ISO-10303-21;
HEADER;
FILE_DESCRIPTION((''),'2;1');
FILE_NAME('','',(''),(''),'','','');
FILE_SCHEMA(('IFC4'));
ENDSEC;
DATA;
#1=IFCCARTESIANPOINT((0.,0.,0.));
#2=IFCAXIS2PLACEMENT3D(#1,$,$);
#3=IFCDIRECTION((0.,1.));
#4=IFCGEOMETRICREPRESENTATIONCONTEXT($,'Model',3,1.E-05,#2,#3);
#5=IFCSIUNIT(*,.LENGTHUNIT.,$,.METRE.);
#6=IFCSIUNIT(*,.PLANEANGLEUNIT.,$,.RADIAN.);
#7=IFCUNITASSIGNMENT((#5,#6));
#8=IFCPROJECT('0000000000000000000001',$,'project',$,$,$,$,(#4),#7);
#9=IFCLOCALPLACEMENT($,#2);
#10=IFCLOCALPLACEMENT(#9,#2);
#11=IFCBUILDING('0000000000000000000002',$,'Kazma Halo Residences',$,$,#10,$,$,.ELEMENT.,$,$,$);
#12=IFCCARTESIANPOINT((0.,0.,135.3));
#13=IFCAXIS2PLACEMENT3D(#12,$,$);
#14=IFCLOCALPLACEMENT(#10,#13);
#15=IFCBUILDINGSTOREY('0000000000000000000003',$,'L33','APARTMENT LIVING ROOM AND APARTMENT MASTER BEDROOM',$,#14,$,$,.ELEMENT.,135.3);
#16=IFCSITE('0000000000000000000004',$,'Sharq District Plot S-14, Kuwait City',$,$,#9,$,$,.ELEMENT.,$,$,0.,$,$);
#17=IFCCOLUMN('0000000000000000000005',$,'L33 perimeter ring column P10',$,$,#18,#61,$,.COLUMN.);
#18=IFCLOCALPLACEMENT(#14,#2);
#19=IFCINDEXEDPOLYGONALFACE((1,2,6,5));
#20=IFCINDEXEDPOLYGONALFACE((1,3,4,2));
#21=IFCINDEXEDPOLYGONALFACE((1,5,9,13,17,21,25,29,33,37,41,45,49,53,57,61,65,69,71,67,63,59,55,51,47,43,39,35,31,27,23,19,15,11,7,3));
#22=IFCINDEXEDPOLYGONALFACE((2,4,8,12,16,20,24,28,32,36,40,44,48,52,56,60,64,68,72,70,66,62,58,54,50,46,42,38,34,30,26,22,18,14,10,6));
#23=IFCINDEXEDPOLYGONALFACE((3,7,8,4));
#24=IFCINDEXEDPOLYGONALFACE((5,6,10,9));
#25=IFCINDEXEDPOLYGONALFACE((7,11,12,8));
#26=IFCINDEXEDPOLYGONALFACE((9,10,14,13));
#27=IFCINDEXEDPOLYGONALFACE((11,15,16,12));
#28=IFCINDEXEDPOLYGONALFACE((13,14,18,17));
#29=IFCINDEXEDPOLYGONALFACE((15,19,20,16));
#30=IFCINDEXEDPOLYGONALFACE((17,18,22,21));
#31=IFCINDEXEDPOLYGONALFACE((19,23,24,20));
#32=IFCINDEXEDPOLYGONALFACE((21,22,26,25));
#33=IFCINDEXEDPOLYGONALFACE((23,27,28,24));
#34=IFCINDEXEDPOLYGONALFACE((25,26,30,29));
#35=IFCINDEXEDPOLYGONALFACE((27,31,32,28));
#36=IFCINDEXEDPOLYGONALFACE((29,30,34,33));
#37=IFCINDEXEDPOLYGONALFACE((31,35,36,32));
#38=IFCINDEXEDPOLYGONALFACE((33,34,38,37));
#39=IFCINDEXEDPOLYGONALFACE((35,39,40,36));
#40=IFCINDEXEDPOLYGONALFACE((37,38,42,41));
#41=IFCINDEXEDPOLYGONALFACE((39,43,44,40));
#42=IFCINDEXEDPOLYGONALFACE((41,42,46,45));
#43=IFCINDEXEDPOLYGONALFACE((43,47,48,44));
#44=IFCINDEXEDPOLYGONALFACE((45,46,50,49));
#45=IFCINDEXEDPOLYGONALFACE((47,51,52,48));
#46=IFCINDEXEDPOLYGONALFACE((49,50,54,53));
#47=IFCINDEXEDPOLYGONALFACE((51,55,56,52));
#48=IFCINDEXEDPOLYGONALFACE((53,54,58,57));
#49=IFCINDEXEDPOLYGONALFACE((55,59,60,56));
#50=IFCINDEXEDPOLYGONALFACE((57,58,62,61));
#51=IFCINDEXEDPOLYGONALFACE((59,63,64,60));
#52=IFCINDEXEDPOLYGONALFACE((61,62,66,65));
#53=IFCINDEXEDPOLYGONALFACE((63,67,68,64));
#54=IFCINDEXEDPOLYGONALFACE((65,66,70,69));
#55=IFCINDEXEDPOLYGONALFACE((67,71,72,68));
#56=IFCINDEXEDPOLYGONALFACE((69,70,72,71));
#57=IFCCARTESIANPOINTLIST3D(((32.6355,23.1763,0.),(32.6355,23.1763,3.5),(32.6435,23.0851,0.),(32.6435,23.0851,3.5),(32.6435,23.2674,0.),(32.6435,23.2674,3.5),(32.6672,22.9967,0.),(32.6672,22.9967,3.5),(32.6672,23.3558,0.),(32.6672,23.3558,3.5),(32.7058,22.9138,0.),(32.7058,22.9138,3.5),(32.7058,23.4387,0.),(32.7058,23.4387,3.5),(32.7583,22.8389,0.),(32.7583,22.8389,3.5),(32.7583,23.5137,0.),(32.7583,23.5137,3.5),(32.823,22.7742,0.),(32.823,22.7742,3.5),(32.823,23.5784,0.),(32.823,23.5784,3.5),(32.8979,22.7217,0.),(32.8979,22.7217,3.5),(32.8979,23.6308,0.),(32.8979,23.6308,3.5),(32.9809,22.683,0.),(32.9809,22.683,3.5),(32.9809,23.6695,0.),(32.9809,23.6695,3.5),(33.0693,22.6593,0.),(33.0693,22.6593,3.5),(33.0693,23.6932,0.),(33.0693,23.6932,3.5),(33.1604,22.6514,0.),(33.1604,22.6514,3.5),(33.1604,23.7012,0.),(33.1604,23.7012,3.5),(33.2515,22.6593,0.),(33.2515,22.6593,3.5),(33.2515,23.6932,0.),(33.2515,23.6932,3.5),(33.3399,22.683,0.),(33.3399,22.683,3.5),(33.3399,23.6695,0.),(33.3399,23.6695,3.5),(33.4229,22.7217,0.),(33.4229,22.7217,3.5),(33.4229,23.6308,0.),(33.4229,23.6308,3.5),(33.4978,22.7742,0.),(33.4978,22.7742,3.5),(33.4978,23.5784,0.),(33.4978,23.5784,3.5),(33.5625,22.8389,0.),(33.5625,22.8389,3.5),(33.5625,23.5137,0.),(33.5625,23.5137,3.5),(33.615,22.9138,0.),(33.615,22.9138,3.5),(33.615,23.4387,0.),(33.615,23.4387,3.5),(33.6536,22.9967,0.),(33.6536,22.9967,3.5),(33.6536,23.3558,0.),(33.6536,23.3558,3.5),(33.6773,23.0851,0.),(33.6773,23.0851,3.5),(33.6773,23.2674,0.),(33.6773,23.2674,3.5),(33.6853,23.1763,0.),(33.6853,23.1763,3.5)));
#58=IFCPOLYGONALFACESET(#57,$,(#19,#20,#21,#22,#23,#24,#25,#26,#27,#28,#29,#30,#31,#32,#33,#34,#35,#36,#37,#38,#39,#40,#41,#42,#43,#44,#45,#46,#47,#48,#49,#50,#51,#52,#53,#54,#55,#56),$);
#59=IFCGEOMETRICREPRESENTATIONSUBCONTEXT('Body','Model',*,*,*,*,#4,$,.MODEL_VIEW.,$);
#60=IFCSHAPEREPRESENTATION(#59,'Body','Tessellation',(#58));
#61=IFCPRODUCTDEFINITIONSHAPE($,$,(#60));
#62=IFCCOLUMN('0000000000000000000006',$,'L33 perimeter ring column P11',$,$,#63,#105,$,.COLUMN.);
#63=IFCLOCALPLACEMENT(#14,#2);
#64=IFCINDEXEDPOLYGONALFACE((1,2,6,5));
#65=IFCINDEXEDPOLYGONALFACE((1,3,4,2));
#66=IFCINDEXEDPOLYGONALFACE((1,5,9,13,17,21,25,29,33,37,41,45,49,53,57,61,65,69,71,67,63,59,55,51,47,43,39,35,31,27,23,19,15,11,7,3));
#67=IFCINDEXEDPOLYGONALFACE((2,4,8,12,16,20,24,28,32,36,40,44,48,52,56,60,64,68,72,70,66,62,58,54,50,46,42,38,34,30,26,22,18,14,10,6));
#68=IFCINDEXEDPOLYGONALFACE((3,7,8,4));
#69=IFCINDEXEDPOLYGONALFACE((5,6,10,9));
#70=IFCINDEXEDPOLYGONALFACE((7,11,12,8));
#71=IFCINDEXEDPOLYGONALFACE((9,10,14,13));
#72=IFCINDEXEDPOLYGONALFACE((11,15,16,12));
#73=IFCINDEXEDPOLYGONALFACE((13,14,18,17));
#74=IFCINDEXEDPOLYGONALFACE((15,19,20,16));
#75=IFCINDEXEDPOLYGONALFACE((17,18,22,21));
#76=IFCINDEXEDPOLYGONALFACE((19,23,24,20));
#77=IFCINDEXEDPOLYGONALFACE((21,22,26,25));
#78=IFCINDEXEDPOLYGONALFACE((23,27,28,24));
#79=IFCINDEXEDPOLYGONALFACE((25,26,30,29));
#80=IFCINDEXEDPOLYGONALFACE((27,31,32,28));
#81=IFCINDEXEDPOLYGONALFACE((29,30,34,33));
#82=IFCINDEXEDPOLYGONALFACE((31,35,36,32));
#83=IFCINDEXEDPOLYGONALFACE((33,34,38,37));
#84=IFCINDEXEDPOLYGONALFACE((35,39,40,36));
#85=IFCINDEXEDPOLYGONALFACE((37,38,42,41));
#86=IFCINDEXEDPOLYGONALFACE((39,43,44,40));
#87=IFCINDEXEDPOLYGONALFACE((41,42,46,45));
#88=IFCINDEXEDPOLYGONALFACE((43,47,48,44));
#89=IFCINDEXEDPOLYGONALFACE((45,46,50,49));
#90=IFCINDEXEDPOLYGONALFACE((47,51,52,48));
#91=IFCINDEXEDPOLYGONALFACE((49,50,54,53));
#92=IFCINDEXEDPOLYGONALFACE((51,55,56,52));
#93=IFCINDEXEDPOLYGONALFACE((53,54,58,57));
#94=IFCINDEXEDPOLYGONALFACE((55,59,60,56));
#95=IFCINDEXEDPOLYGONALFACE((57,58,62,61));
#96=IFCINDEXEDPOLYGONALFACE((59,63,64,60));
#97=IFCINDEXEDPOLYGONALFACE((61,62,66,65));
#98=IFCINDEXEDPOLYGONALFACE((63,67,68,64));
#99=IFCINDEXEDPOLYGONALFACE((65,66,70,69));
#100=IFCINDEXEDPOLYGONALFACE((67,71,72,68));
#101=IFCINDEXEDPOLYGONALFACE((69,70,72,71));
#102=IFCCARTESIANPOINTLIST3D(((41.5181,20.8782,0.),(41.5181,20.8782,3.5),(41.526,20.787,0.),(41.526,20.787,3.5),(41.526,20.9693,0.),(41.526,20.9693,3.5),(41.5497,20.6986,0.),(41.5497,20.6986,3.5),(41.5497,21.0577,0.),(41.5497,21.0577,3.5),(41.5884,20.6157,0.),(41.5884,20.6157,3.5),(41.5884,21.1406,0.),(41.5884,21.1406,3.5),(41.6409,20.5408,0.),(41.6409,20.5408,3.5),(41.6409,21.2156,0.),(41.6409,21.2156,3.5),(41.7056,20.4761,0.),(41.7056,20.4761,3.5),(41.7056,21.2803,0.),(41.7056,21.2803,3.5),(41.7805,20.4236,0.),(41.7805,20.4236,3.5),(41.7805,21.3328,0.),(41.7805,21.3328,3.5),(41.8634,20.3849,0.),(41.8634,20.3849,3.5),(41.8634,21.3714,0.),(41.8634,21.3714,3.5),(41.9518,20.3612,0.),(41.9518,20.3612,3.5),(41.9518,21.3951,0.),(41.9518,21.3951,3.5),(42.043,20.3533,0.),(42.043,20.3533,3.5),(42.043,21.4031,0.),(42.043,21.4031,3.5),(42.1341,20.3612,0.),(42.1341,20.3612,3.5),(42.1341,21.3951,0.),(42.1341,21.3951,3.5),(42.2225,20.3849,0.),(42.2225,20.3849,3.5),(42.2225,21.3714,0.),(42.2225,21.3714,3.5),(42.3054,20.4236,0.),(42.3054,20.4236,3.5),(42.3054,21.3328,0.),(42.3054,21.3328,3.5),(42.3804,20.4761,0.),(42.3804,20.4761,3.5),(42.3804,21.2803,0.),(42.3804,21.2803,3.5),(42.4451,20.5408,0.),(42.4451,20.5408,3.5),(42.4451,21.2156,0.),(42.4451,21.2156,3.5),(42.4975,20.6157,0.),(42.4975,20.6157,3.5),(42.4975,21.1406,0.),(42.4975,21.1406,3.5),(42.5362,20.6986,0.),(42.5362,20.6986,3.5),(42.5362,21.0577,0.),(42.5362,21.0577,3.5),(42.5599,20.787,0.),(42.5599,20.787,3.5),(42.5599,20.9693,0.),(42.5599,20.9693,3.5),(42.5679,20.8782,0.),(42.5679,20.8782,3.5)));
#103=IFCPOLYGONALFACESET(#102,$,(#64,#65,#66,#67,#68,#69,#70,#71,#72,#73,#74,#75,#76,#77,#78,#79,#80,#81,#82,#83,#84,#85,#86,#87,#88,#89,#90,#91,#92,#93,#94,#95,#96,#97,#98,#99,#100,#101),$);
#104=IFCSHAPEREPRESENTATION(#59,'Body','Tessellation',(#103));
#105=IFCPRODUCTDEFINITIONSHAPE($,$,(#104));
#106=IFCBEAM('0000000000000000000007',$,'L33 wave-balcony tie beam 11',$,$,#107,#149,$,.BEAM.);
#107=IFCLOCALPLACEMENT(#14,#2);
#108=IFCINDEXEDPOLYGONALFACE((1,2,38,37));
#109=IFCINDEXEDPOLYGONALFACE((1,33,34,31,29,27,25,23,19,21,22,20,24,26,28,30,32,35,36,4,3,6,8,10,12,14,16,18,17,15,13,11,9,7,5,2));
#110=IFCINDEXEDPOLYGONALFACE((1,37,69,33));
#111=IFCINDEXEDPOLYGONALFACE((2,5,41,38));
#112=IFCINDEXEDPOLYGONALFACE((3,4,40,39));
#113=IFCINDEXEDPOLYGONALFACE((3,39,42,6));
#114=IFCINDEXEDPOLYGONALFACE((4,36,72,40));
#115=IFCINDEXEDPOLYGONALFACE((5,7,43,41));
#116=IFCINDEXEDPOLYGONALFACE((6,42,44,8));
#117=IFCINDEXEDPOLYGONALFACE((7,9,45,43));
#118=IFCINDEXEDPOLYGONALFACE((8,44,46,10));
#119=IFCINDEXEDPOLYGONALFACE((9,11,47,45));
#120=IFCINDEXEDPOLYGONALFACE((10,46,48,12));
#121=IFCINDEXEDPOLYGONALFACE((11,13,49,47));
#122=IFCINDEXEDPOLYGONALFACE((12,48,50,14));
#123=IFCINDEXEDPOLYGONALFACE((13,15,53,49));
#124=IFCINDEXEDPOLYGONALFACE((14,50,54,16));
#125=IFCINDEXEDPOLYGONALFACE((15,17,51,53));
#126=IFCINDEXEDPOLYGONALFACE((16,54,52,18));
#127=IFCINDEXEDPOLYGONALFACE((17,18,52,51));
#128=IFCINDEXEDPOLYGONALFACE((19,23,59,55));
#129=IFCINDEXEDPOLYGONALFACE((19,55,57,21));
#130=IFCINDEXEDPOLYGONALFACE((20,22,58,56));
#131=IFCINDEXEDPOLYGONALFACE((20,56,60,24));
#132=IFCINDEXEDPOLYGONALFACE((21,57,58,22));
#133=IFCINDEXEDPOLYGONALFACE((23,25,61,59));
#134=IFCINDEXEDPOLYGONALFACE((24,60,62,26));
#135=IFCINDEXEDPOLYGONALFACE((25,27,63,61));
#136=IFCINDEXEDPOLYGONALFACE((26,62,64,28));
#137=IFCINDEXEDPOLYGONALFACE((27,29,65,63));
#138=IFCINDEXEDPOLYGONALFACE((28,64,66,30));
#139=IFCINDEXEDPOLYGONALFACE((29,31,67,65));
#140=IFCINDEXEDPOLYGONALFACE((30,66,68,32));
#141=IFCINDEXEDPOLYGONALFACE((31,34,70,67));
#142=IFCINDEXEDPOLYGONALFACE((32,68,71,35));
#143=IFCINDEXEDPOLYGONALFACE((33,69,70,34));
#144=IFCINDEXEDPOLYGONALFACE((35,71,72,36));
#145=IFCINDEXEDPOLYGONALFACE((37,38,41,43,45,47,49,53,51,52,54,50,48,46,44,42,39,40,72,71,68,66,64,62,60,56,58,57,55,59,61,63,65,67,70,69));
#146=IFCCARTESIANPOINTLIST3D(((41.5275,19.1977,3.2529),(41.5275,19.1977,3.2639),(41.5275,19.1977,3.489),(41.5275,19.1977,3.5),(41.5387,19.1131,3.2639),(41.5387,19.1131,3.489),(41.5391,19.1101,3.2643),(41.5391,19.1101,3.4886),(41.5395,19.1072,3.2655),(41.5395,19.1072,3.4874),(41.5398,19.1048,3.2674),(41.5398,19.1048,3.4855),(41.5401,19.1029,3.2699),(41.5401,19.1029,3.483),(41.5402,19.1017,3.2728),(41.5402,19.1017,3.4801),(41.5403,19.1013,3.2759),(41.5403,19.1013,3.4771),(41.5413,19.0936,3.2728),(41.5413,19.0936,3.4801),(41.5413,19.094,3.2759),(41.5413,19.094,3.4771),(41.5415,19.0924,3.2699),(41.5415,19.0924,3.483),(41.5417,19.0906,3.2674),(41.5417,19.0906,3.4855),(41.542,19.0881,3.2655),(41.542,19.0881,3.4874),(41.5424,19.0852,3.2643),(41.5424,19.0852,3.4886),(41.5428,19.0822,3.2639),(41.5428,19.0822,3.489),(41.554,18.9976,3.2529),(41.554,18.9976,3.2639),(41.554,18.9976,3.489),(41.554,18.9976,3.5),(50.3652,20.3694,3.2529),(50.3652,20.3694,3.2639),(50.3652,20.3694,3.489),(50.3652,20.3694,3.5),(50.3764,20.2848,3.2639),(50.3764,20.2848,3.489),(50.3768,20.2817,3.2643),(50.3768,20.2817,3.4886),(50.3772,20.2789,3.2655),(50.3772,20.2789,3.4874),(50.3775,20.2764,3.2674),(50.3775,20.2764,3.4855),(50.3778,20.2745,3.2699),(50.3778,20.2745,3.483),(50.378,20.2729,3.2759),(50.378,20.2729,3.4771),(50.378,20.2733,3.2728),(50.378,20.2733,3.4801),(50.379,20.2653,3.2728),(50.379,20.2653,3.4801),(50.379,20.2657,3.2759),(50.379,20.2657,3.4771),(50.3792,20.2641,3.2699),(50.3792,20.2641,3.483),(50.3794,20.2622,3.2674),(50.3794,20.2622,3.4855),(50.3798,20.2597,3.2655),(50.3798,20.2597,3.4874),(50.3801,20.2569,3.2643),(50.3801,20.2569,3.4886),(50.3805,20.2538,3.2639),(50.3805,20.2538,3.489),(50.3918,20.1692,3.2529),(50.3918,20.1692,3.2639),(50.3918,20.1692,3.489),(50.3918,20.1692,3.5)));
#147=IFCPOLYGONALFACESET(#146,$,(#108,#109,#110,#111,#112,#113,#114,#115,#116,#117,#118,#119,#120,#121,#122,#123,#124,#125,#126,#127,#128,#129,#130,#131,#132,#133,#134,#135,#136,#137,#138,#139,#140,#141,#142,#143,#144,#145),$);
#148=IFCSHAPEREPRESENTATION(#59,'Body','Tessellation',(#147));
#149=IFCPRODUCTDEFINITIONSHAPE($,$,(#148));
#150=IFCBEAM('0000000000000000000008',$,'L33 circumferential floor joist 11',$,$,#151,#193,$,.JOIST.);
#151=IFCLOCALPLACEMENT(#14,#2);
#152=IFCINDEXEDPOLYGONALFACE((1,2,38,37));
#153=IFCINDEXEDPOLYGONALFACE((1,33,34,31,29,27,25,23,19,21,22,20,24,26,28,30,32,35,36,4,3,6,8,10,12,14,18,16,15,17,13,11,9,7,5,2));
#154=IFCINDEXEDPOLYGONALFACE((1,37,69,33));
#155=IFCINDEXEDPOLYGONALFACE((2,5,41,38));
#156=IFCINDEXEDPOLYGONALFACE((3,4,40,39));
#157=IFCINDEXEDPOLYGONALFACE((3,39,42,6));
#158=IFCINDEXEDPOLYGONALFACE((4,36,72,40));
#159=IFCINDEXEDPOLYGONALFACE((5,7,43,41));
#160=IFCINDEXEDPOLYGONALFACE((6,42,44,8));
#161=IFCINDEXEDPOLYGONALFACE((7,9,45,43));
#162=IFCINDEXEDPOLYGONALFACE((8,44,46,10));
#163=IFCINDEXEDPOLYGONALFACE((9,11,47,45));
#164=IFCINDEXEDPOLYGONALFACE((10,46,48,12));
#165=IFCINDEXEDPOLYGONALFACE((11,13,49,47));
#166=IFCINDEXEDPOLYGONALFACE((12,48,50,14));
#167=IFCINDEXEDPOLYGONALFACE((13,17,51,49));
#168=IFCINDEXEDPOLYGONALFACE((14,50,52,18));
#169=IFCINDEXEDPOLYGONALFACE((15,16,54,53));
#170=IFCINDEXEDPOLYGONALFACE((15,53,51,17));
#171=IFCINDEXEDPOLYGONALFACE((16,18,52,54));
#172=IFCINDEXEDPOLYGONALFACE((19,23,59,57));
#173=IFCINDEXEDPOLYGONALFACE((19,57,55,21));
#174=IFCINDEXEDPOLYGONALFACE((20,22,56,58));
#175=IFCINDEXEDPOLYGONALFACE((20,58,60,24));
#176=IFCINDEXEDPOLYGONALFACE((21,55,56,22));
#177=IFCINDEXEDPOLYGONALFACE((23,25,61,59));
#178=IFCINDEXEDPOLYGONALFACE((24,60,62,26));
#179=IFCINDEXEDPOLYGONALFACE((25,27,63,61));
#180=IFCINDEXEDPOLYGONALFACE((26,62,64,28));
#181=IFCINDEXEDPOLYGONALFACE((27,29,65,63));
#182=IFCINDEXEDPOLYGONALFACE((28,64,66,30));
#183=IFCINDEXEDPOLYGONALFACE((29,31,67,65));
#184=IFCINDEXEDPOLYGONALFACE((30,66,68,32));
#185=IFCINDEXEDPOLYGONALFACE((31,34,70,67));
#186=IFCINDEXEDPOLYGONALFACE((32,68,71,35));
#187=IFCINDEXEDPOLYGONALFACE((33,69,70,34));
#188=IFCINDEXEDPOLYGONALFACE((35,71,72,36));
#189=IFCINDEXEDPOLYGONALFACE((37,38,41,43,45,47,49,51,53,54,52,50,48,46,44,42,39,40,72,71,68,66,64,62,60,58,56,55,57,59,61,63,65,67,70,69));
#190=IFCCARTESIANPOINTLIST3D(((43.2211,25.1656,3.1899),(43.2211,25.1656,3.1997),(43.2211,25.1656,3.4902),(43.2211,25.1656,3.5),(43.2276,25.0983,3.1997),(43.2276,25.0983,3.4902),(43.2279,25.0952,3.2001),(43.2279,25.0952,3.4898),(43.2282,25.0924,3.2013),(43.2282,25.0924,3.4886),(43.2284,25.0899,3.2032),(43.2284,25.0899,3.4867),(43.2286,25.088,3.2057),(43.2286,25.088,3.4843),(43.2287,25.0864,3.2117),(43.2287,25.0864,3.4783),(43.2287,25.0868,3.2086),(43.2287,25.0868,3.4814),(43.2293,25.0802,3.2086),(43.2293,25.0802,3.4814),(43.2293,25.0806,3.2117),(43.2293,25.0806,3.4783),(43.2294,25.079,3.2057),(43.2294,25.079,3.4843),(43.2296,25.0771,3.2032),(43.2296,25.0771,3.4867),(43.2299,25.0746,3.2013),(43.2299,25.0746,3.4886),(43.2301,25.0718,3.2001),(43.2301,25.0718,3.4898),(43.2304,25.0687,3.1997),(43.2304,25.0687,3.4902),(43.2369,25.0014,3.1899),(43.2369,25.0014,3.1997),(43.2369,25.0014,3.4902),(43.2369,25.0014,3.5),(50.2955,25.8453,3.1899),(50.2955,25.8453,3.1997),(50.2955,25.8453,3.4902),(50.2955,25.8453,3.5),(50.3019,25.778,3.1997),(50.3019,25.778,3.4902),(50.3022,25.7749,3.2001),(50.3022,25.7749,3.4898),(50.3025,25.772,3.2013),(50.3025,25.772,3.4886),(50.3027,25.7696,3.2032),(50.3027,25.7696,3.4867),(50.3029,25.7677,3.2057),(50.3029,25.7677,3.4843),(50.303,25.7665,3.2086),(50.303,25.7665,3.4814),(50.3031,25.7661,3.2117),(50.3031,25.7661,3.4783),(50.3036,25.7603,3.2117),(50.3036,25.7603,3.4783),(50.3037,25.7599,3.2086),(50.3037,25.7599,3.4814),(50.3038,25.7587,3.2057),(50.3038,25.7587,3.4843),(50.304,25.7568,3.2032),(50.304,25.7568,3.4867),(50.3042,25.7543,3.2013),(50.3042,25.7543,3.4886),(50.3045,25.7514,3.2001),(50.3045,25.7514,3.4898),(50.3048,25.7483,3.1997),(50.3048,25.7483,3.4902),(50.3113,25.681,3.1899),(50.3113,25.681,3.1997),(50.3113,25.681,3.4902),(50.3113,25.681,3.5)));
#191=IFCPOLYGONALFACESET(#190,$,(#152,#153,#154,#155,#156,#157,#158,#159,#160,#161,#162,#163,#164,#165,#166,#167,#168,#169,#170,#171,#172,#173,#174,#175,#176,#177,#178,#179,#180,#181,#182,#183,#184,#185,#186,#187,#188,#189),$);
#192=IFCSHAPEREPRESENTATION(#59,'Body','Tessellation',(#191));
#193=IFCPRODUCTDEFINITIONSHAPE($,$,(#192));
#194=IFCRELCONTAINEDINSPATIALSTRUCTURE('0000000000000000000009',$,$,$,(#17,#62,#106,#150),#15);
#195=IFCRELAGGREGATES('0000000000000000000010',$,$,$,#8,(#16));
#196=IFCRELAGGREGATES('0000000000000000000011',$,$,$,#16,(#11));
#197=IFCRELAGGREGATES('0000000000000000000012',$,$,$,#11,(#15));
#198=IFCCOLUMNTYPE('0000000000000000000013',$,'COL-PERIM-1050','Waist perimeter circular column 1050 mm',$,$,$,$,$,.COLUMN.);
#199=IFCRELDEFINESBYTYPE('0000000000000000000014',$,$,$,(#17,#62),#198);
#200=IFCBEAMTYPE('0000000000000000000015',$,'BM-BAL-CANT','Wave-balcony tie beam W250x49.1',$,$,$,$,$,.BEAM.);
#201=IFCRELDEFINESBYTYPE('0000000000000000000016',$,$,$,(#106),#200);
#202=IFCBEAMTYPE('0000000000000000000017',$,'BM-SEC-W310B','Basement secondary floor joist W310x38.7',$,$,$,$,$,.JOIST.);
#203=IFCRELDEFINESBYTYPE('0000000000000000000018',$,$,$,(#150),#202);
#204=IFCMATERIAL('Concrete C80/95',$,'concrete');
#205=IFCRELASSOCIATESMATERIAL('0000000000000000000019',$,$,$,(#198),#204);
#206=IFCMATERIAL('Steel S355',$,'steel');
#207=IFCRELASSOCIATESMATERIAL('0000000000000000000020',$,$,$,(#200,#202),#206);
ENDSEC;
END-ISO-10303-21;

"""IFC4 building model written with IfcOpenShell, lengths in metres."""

from ifc_helpers import new_model, si_unit, direction, frame, origin, origin_2d, place, context, subcontext, project, spatial, circle, i_section, extrude, material, material_profile, profile_set, type_object, element, save


model = new_model("IFC4")

# Units and contexts
model_context = context("Model", 3, precision=1e-05, world=origin(), true_north=direction((0.0, 1.0)))
body_context = subcontext(model_context, "Body", "Model", "MODEL_VIEW")
ifc_project = project(units=[si_unit("LENGTHUNIT", "METRE"), si_unit("PLANEANGLEUNIT", "RADIAN")], contexts=[model_context])

# Site, building, storey
site_placement = place(None, origin())
site = spatial("IfcSite", under=ifc_project, at=site_placement, Name="Sharq District Plot S-14, Kuwait City", CompositionType="ELEMENT", RefElevation=0.0)
building_placement = place(site_placement, origin())
building = spatial("IfcBuilding", under=site, at=building_placement, Name="Kazma Halo Residences", CompositionType="ELEMENT")
storey_placement = place(building_placement, frame((0.0, 0.0, 135.3)))
storey = spatial("IfcBuildingStorey", under=building, at=storey_placement, Name="L33", Description="APARTMENT LIVING ROOM AND APARTMENT MASTER BEDROOM", CompositionType="ELEMENT", Elevation=135.3)

# Columns
ifc_material_1 = material(Name="Concrete C80/95", Category="concrete")
ifc_material_profile_1 = material_profile(ifc_material_1, circle(Radius=0.5249, at=origin_2d()), Name="CIRC1050")
ifc_profile_set_1 = profile_set([ifc_material_profile_1], Name="Concrete C80/95")
column_type = type_object("IfcColumnType", Name="COL-PERIM-1050", Description="Waist perimeter circular column 1050 mm", PredefinedType="COLUMN", material=ifc_profile_set_1)
for number, where, z_axis, x_axis, name in (
    (1, (33.1604, 23.1763, 0.0), (0.0, 0.0, 1.0), (1.0, 0.0, 0.0), "L33 perimeter ring column P10"),
    (2, (42.043, 20.8782, 0.0), (0.0, 0.0, 1.0), (1.0, 0.0, 0.0), "L33 perimeter ring column P11"),
):
    element("IfcColumn", number, at=place(storey_placement, frame(where, z_axis=z_axis, x_axis=x_axis)), inside=storey, type_object=column_type, Name=name, PredefinedType="COLUMN", context=body_context, shape_type="SweptSolid", body=[
        extrude(circle(Radius=0.5249, at=origin_2d()), origin(), (0.0, 0.0, 1.0), 3.5),
    ])

# Beams
ifc_material_2 = material(Name="Steel S355", Category="steel")
ifc_material_profile_2 = material_profile(ifc_material_2, i_section(OverallWidth=0.2019, OverallDepth=0.2471, WebThickness=0.0073, FlangeThickness=0.011, FilletRadius=0.012, at=origin_2d()), Name="W250x49.1")
ifc_profile_set_2 = profile_set([ifc_material_profile_2], Name="Steel S355")
beam_type_1 = type_object("IfcBeamType", Name="BM-BAL-CANT", Description="Wave-balcony tie beam W250x49.1", PredefinedType="BEAM", material=ifc_profile_set_2)
beam_1_placement = place(storey_placement, frame((41.5408, 19.0977, 3.3765), z_axis=(0.991326, 0.131423, 0.0), x_axis=(-0.131423, 0.991326, 0.0)))
element("IfcBeam", 3, at=beam_1_placement, inside=storey, type_object=beam_type_1, Name="L33 wave-balcony tie beam 11", PredefinedType="BEAM", context=body_context, shape_type="SweptSolid", body=[
    extrude(i_section(OverallWidth=0.2019, OverallDepth=0.2471, WebThickness=0.0073, FlangeThickness=0.011, FilletRadius=0.012, at=origin_2d()), origin(), (0.0, 0.0, 1.0), 8.915),
])
ifc_material_profile_3 = material_profile(ifc_material_2, i_section(OverallWidth=0.165, OverallDepth=0.3101, WebThickness=0.0059, FlangeThickness=0.0098, FilletRadius=0.012, at=origin_2d()), Name="W310x38.7")
ifc_profile_set_3 = profile_set([ifc_material_profile_3], Name="Steel S355")
beam_type_2 = type_object("IfcBeamType", Name="BM-SEC-W310B", Description="Basement secondary floor joist W310x38.7", PredefinedType="JOIST", material=ifc_profile_set_3)
beam_2_placement = place(storey_placement, frame((43.229, 25.0835, 3.345), z_axis=(0.995416, 0.095636, 0.0), x_axis=(-0.095636, 0.995416, 0.0)))
element("IfcBeam", 4, at=beam_2_placement, inside=storey, type_object=beam_type_2, Name="L33 circumferential floor joist 11", PredefinedType="JOIST", context=body_context, shape_type="SweptSolid", body=[
    extrude(i_section(OverallWidth=0.165, OverallDepth=0.3101, WebThickness=0.0059, FlangeThickness=0.0098, FilletRadius=0.012, at=origin_2d()), origin(), (0.0, 0.0, 1.0), 7.1069),
])

save(model, "model.ifc")
